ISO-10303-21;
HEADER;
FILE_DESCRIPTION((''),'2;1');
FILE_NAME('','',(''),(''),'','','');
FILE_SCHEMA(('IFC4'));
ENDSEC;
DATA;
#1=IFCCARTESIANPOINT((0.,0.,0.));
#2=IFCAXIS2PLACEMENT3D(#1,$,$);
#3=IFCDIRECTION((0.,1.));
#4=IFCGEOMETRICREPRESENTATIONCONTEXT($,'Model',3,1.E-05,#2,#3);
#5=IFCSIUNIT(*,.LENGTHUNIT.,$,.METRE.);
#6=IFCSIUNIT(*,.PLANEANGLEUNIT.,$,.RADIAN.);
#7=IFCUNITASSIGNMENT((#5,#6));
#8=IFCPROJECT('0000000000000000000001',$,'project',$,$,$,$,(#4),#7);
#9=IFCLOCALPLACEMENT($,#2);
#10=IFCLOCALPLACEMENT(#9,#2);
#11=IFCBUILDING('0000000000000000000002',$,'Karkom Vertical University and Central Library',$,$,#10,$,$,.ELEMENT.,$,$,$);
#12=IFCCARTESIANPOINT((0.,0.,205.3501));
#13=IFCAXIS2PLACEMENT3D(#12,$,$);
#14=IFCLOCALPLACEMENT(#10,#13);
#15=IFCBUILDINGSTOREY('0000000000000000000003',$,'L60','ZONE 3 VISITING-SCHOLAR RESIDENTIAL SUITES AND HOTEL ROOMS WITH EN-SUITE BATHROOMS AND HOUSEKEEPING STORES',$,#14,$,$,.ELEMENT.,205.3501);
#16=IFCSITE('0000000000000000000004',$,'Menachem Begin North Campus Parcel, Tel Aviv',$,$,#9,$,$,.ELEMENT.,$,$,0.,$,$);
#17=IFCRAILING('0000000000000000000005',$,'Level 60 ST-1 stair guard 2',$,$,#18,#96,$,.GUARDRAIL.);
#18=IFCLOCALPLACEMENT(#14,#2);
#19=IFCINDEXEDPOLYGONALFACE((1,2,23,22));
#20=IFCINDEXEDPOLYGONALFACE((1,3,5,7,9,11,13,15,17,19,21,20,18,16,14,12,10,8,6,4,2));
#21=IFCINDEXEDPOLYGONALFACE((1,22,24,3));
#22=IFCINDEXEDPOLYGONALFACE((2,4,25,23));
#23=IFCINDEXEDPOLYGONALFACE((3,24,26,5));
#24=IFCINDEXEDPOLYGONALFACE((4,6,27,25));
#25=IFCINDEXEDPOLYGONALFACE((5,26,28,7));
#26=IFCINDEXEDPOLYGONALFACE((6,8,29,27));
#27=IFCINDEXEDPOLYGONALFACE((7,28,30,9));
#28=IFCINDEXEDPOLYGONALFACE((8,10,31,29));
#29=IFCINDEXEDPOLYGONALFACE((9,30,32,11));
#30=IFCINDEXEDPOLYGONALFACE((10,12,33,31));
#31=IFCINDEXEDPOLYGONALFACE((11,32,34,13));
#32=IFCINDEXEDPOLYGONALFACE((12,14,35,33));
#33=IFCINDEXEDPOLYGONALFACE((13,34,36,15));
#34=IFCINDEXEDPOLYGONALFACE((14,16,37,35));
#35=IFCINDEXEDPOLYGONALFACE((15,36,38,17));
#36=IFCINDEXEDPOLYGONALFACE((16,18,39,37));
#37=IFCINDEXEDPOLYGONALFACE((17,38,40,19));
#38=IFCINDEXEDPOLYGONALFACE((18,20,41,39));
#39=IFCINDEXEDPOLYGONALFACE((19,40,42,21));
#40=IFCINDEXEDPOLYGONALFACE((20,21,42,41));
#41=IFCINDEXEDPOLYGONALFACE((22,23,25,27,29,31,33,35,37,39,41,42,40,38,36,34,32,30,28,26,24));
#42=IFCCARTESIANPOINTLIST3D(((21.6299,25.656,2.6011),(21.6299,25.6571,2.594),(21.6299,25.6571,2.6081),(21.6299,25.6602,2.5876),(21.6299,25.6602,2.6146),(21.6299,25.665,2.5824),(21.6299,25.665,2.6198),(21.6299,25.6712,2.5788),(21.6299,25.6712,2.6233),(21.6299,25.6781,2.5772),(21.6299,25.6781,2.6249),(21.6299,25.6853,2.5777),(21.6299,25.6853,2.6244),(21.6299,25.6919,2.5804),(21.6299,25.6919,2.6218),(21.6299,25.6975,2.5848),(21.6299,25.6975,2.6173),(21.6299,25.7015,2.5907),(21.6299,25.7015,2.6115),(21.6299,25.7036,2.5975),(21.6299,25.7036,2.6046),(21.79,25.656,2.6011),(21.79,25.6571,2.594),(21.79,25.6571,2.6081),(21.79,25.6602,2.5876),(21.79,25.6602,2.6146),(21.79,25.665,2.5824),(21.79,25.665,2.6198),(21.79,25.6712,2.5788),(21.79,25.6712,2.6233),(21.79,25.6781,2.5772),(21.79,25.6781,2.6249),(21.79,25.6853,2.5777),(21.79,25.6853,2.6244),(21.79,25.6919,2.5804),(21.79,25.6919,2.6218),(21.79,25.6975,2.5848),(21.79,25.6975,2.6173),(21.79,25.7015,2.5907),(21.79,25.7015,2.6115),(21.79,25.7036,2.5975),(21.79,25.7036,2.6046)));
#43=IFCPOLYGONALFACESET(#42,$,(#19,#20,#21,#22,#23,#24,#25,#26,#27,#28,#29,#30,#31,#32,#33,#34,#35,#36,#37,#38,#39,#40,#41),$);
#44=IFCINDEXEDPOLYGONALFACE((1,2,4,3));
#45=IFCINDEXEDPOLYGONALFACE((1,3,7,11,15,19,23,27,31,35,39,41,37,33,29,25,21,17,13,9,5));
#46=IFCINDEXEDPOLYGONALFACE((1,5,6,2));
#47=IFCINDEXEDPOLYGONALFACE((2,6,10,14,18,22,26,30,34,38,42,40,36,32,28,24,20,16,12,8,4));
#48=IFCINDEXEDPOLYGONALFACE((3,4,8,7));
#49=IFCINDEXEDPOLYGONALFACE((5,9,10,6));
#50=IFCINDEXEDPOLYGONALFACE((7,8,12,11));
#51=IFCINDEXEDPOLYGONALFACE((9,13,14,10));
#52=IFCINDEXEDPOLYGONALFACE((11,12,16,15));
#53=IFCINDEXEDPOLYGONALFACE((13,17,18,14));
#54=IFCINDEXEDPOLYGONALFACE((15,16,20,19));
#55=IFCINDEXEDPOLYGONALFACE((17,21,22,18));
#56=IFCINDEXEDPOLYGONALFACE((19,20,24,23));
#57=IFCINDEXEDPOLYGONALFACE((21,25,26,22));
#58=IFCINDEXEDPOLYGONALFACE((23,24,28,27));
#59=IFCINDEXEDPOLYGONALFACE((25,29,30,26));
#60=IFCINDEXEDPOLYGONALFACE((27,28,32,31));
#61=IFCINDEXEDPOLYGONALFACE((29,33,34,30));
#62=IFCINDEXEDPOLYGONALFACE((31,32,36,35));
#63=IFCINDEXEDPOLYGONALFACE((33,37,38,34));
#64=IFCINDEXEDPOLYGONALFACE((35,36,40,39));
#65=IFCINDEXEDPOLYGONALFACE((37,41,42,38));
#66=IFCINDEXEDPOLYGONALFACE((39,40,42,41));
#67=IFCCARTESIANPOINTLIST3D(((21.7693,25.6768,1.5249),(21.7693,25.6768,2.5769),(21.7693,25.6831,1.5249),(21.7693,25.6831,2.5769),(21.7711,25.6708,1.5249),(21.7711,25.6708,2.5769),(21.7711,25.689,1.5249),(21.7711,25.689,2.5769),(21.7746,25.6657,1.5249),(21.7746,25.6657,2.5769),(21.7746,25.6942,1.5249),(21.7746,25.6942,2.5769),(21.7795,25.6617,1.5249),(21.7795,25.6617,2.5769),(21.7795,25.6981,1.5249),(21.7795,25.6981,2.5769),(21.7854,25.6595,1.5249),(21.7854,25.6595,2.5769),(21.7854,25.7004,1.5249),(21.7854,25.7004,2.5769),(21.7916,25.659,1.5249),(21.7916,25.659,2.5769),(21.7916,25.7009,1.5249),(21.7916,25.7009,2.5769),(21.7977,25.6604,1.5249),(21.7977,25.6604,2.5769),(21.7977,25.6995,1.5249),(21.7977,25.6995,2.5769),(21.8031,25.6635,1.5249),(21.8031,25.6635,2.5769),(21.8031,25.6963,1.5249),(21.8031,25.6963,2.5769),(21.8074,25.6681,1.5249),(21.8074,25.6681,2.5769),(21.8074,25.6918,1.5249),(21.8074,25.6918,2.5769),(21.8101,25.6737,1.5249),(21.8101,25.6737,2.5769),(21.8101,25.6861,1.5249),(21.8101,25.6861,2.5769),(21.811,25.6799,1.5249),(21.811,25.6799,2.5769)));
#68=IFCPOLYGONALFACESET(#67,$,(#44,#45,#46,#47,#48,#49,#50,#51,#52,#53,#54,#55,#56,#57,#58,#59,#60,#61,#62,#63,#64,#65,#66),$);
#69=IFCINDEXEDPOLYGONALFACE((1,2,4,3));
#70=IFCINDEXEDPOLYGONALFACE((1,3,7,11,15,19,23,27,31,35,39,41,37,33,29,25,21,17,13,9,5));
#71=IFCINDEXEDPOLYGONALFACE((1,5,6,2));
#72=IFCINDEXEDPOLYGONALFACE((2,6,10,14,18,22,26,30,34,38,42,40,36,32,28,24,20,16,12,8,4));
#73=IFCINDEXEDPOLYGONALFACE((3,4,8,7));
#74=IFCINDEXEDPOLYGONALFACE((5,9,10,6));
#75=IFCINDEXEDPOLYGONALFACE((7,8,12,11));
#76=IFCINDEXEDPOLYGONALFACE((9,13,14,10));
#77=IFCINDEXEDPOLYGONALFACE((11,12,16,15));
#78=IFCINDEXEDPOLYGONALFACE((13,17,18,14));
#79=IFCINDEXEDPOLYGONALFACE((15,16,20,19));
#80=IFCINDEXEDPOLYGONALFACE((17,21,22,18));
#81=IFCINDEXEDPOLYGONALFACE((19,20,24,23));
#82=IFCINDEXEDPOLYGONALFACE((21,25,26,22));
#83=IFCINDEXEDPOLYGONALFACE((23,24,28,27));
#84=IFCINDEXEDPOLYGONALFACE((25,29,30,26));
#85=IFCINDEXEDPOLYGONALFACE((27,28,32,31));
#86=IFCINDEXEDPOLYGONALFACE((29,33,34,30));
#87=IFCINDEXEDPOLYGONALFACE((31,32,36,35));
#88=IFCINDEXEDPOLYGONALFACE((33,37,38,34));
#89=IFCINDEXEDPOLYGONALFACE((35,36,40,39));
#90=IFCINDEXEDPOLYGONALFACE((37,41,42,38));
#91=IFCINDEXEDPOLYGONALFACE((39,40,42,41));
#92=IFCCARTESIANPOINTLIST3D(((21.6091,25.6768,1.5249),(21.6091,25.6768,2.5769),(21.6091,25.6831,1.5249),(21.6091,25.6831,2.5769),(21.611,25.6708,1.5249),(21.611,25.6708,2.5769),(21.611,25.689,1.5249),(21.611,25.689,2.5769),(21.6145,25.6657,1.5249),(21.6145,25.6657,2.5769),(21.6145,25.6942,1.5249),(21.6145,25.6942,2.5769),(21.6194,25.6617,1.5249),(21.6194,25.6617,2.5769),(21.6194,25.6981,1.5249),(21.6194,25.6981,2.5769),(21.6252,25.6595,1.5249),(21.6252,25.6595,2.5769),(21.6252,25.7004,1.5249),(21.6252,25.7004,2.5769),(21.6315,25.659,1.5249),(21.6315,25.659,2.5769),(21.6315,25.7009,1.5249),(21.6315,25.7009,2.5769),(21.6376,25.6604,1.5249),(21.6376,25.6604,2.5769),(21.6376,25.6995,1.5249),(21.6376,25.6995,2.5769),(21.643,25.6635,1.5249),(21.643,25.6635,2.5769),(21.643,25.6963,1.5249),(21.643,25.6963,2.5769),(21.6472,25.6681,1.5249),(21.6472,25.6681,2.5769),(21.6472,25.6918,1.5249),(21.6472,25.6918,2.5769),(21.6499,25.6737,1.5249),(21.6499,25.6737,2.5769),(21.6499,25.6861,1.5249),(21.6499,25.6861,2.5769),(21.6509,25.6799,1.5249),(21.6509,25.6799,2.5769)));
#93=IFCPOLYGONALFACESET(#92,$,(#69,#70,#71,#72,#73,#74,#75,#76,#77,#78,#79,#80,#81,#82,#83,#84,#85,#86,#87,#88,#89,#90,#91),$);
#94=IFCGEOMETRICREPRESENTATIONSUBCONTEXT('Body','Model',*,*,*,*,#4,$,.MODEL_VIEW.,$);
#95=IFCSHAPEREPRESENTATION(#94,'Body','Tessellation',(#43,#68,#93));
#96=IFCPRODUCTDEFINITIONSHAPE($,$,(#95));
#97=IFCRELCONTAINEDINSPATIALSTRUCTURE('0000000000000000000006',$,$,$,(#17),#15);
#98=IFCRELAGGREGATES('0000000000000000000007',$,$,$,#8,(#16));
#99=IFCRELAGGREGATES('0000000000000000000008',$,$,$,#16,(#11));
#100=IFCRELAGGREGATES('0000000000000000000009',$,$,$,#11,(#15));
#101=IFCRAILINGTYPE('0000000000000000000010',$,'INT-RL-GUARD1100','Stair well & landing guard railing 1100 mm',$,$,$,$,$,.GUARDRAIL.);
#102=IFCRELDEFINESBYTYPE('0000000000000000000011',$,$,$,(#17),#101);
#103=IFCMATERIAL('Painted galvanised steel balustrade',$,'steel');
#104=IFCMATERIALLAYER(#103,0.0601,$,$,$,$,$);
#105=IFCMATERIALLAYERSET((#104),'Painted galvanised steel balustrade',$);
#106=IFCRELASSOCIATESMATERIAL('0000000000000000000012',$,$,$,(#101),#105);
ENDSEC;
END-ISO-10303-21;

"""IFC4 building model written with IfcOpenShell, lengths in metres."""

from ifc_helpers import new_model, si_unit, direction, frame, origin, origin_2d, place, context, subcontext, project, spatial, circle, extrude, material, layer, layer_set, type_object, element, save


model = new_model("IFC4")

# Units and contexts
model_context = context("Model", 3, precision=1e-05, world=origin(), true_north=direction((0.0, 1.0)))
body_context = subcontext(model_context, "Body", "Model", "MODEL_VIEW")
ifc_project = project(units=[si_unit("LENGTHUNIT", "METRE"), si_unit("PLANEANGLEUNIT", "RADIAN")], contexts=[model_context])

# Site, building, storey
site_placement = place(None, origin())
site = spatial("IfcSite", under=ifc_project, at=site_placement, Name="Menachem Begin North Campus Parcel, Tel Aviv", CompositionType="ELEMENT", RefElevation=0.0)
building_placement = place(site_placement, origin())
building = spatial("IfcBuilding", under=site, at=building_placement, Name="Karkom Vertical University and Central Library", CompositionType="ELEMENT")
storey_placement = place(building_placement, frame((0.0, 0.0, 205.3501)))
storey = spatial("IfcBuildingStorey", under=building, at=storey_placement, Name="L60", Description="ZONE 3 VISITING-SCHOLAR RESIDENTIAL SUITES AND HOTEL ROOMS WITH EN-SUITE BATHROOMS AND HOUSEKEEPING STORES", CompositionType="ELEMENT", Elevation=205.3501)

# Railing
ifc_material_1 = material(Name="Painted galvanised steel balustrade", Category="steel")
ifc_layer_1 = layer(ifc_material_1, 0.0601)
ifc_layer_set_1 = layer_set([ifc_layer_1], Name="Painted galvanised steel balustrade")
railing_type_1 = type_object("IfcRailingType", Name="INT-RL-GUARD1100", Description="Stair well & landing guard railing 1100 mm", PredefinedType="GUARDRAIL", material=ifc_layer_set_1)
railing_1_placement = place(storey_placement, frame((21.79, 25.6799, 1.5249)))
element("IfcRailing", 1, at=railing_1_placement, inside=storey, type_object=railing_type_1, Name="Level 60 ST-1 stair guard 2", PredefinedType="GUARDRAIL", context=body_context, shape_type="SweptSolid", body=[
    extrude(circle(Radius=0.0239, at=origin_2d()), frame((0.0, 0.0, 1.0762), z_axis=(-1.0, 0.0, 0.0), x_axis=(0.0, -1.0, 0.0)), (0.0, 0.0, 1.0), 0.1602),
    extrude(circle(Radius=0.021, at=origin_2d()), origin(), (0.0, 0.0, 1.0), 1.052),
    extrude(circle(Radius=0.021, at=origin_2d()), frame((-0.1602, 0.0, 0.0)), (0.0, 0.0, 1.0), 1.052),
])

save(model, "model.ifc")
